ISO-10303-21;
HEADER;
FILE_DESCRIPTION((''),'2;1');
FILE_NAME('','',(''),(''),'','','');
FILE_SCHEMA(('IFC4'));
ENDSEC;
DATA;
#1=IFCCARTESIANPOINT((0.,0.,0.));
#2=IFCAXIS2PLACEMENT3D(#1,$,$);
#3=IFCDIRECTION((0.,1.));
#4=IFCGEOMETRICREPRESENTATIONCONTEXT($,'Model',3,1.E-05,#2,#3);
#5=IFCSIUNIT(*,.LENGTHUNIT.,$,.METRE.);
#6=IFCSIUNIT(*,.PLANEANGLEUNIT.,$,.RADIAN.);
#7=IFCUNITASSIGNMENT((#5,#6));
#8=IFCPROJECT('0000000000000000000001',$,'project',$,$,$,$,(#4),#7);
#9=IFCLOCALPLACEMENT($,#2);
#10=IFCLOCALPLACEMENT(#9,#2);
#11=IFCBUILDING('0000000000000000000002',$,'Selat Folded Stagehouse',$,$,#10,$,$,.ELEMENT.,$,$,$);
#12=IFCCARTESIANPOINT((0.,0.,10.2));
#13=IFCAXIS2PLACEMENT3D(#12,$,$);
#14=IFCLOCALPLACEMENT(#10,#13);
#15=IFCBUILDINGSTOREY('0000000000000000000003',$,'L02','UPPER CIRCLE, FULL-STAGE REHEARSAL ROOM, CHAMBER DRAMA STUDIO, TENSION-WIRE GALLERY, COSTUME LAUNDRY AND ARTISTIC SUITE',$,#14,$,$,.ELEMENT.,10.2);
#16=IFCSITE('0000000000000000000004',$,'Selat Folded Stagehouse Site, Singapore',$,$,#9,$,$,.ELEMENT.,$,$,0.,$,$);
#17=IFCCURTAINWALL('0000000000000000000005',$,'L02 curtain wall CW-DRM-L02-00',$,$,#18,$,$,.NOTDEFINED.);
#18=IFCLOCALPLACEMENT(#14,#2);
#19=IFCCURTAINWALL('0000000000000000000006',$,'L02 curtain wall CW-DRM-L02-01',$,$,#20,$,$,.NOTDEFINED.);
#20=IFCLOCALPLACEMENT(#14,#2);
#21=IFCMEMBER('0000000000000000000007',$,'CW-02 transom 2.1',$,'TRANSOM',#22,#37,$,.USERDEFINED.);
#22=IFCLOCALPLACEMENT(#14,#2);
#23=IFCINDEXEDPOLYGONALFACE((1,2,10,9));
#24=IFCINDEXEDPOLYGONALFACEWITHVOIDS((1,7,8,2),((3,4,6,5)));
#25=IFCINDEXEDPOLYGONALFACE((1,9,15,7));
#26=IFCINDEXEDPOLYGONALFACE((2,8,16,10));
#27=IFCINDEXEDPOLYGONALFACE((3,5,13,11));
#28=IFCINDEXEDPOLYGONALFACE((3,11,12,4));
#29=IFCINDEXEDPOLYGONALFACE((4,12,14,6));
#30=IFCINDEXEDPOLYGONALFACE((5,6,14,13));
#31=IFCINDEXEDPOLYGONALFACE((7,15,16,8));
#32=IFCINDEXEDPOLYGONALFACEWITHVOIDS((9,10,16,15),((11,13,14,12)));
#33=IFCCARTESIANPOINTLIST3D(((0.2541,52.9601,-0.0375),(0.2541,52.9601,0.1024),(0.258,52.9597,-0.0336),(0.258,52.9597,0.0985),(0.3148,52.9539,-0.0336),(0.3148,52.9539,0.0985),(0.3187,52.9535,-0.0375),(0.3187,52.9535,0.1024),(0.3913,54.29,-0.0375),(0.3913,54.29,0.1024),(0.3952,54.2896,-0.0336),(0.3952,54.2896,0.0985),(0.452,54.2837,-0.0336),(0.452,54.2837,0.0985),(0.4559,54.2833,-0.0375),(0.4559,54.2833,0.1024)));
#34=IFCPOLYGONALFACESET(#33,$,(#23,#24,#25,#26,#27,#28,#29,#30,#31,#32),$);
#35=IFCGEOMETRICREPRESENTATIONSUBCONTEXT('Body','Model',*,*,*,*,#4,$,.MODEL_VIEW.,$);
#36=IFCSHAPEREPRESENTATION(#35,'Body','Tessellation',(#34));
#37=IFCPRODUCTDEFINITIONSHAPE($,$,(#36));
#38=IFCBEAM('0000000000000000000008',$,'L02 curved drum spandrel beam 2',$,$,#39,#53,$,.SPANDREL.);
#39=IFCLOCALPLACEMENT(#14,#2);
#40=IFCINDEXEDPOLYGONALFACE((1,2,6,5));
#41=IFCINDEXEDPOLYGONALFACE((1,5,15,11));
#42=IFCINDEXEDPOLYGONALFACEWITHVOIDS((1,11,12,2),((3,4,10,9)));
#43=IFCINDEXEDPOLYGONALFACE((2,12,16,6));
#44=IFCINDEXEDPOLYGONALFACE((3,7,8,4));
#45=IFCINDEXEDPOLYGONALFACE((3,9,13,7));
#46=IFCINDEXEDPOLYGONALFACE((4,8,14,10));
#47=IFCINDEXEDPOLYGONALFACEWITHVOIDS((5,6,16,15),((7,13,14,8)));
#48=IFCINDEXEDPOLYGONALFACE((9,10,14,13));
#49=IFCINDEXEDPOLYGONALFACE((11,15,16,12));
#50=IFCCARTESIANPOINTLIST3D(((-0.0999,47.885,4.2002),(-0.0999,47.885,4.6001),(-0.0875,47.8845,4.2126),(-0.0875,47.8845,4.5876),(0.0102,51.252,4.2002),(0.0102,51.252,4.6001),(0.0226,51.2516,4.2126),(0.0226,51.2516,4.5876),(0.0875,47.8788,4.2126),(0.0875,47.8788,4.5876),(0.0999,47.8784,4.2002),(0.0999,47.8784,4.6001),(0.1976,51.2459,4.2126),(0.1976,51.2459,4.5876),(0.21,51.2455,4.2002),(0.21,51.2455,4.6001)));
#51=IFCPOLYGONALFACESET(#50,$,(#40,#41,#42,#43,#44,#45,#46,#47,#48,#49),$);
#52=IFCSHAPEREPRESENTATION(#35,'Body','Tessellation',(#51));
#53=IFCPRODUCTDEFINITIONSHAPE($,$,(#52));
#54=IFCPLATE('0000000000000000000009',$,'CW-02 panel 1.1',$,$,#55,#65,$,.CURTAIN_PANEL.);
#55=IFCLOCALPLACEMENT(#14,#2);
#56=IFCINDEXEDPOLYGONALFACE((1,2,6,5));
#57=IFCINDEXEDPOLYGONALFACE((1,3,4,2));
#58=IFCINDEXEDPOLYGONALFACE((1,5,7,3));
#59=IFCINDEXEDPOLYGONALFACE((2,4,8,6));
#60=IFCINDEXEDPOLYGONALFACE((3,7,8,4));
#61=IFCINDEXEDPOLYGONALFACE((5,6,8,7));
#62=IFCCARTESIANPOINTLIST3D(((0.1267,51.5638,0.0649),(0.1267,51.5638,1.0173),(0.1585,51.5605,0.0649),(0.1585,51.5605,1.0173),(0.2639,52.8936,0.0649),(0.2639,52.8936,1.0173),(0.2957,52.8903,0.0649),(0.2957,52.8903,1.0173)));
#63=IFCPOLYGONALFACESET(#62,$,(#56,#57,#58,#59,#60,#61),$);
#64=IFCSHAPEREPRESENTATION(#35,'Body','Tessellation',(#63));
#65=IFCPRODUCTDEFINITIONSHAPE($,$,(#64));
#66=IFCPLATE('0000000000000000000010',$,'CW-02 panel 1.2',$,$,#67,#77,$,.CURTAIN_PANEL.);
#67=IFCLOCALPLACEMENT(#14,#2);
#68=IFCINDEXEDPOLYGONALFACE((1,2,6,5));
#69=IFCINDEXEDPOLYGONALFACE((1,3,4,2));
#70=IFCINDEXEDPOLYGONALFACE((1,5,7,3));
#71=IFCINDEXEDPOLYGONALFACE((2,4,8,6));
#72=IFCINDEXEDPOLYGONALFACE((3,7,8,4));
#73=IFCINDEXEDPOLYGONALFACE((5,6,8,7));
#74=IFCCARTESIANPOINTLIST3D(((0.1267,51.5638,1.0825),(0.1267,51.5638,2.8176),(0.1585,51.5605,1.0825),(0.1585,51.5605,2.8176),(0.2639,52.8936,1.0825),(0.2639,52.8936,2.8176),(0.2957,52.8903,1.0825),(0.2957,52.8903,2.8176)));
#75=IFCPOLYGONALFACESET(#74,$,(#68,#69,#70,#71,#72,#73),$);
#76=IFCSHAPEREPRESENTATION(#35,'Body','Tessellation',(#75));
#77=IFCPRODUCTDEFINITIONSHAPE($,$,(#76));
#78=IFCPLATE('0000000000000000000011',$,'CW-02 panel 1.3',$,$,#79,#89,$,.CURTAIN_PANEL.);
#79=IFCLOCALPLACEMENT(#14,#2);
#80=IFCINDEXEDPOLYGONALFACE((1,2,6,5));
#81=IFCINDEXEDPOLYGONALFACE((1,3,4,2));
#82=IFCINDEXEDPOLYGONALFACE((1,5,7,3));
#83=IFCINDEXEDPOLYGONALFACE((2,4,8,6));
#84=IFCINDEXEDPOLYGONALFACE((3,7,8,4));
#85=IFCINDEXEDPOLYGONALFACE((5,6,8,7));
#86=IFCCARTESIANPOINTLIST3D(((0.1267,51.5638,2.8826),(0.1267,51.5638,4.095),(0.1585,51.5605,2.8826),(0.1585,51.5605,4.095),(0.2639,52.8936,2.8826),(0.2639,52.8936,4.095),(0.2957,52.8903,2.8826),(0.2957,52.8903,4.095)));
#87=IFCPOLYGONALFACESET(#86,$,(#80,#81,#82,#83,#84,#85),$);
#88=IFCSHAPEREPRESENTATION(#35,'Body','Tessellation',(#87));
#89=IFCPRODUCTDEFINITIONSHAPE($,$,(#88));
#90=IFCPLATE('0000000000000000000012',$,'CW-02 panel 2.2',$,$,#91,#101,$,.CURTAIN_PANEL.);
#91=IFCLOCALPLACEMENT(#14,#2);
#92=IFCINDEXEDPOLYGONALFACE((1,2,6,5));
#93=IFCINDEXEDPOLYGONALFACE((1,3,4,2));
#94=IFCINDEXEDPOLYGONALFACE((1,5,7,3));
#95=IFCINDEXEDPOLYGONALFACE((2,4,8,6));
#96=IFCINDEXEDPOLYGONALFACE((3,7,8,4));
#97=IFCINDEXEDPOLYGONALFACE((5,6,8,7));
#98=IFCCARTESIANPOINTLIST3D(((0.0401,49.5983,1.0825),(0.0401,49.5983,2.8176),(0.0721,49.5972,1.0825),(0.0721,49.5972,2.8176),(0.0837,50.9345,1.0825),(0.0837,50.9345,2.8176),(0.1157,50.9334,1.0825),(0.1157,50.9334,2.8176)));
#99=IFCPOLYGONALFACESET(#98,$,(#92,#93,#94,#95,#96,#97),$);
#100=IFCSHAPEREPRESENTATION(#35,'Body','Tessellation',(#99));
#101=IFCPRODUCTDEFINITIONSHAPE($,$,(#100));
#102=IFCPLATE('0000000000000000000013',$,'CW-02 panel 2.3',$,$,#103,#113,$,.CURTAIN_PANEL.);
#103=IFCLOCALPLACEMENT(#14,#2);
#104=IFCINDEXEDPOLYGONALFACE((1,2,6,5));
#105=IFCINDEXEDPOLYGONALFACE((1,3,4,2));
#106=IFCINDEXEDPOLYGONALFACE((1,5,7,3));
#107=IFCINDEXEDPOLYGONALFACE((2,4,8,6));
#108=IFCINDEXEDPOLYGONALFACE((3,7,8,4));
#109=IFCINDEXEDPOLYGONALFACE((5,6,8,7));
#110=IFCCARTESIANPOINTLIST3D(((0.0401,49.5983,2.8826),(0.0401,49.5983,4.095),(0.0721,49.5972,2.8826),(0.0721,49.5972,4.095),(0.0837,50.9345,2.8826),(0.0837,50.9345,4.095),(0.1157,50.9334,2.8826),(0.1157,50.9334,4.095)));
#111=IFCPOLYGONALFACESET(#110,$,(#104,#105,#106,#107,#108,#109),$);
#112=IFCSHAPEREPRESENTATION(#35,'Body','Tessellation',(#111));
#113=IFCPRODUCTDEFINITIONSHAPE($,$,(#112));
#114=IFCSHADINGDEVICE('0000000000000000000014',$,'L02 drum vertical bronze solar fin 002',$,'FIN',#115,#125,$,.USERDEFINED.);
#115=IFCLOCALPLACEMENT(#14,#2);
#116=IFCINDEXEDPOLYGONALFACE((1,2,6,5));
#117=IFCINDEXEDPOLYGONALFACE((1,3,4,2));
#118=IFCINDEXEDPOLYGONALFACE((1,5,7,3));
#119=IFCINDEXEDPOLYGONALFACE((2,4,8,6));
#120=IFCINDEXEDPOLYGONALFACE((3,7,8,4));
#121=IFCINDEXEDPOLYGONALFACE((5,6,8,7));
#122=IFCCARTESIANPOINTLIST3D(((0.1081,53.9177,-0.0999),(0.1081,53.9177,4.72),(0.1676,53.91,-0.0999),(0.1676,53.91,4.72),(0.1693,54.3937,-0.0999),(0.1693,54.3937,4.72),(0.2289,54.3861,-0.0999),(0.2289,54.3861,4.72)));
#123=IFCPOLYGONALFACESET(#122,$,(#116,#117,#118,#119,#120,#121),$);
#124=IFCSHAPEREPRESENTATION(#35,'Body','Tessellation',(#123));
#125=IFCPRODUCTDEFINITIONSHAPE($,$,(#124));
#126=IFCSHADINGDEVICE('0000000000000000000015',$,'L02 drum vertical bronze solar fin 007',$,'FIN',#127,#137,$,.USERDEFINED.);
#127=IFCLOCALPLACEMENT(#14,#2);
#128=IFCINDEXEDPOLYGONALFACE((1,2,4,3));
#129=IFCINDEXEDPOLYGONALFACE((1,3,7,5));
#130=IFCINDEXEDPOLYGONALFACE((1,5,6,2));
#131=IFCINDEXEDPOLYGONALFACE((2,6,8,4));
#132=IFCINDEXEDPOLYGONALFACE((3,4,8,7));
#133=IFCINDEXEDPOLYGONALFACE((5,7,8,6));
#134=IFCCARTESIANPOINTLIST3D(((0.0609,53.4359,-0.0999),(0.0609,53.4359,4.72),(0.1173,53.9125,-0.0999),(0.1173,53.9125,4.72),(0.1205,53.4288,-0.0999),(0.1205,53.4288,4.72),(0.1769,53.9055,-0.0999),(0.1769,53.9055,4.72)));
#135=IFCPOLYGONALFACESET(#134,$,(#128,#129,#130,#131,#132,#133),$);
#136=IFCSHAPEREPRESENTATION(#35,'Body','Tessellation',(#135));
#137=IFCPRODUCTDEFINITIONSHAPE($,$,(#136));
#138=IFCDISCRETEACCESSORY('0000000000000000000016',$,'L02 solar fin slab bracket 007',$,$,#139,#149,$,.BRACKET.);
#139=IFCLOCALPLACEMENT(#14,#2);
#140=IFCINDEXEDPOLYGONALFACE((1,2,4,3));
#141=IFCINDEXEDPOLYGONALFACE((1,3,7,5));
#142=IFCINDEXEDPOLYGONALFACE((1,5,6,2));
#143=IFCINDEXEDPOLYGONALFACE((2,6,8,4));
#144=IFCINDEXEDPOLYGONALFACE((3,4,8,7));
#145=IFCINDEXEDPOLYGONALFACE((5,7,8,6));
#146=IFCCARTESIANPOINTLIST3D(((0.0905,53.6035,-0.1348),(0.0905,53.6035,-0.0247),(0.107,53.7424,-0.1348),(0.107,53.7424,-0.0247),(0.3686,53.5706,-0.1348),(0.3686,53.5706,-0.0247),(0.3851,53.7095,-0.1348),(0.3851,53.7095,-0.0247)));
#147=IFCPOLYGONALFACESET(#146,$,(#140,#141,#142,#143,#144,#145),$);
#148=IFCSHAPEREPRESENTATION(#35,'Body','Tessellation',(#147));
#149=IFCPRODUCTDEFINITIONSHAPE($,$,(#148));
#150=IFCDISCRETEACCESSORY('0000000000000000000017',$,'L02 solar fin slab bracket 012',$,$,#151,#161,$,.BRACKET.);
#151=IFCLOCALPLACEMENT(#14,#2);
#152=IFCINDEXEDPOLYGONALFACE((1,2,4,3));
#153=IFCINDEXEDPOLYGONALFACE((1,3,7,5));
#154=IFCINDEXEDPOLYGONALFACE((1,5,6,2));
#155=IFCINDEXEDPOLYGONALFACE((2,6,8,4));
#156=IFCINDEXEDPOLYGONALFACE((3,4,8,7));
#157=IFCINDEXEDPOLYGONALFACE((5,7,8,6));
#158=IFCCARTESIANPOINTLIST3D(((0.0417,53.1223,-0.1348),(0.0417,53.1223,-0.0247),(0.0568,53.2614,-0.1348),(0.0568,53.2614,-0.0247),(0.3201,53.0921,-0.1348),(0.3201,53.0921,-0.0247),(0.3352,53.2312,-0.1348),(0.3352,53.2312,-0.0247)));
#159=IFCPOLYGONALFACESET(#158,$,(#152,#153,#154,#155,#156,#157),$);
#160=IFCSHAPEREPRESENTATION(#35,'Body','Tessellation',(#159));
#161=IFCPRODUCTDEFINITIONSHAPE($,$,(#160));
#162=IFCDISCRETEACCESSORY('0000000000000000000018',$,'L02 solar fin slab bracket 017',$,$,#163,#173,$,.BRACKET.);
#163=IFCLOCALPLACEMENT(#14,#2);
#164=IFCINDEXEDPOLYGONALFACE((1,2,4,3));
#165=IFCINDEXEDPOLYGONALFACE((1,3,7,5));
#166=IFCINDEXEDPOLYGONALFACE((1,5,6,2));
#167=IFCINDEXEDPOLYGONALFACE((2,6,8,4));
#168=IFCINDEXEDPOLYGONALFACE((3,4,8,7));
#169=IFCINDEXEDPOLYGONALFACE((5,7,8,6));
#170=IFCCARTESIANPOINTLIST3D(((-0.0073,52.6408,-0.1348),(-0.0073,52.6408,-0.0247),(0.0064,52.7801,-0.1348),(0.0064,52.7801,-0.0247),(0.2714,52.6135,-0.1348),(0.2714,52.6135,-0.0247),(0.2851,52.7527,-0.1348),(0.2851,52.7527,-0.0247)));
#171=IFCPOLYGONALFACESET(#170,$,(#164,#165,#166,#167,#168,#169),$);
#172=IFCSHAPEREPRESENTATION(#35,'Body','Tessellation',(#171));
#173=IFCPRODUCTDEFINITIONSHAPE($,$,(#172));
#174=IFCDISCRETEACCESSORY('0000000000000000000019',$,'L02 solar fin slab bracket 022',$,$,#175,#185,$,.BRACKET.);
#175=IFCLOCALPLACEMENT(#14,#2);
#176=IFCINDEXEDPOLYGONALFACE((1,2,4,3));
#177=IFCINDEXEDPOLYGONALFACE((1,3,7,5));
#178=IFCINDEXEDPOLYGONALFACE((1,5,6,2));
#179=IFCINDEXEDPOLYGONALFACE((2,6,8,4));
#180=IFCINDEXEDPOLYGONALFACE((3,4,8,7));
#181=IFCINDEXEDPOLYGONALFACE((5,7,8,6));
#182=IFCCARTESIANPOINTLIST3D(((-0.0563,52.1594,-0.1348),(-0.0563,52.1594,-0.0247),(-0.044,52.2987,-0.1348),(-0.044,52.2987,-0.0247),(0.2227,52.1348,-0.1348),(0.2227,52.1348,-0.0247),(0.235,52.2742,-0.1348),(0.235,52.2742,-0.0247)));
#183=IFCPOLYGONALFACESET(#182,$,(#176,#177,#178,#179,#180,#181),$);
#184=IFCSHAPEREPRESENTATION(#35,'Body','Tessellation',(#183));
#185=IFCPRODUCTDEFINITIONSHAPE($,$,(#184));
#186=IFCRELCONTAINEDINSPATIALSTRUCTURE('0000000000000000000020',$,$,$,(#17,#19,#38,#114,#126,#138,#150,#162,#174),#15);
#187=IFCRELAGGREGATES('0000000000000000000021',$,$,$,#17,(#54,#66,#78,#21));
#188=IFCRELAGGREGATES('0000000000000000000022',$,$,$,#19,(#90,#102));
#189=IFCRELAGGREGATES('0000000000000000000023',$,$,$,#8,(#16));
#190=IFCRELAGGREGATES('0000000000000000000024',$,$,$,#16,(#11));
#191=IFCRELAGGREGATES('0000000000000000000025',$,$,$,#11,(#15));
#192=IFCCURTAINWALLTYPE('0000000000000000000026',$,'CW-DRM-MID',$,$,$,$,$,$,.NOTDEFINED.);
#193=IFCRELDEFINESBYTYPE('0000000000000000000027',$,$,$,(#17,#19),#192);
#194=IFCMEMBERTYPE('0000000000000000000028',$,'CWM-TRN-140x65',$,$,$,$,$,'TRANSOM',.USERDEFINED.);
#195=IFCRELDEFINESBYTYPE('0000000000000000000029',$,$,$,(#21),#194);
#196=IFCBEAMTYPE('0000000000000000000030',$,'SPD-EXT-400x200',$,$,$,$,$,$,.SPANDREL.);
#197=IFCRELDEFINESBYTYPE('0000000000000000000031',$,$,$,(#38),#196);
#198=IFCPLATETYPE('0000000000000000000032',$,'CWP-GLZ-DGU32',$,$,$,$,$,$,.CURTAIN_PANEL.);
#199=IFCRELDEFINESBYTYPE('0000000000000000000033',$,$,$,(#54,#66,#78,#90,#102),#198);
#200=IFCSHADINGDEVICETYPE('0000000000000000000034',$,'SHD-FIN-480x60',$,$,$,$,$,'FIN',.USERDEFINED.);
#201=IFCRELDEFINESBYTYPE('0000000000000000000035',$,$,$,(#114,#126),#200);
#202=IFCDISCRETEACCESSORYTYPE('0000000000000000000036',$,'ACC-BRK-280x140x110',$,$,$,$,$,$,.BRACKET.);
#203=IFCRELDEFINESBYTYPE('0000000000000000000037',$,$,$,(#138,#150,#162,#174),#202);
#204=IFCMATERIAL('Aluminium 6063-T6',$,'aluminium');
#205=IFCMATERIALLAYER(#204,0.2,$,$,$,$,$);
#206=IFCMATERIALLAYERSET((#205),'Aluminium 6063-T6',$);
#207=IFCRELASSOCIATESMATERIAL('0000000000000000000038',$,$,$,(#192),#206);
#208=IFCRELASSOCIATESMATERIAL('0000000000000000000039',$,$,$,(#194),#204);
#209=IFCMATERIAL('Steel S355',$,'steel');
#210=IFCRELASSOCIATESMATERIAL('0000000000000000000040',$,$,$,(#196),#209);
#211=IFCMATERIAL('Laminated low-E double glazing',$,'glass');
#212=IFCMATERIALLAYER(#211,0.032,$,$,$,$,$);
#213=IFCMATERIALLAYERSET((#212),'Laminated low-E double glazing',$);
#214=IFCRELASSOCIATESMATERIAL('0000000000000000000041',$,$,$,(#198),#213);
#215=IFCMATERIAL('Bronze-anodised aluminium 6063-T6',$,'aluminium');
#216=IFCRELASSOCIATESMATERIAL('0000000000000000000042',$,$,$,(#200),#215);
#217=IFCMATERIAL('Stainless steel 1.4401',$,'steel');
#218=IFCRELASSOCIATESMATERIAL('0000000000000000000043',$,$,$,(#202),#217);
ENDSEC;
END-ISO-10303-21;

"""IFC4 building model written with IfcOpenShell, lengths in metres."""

from ifc_helpers import new_model, si_unit, direction, frame, origin, origin_2d, place, context, subcontext, project, spatial, rectangle, hollow_rectangle, extrude, material, layer, layer_set, material_profile, profile_set, type_object, element, aggregate, save


model = new_model("IFC4")

# Units and contexts
model_context = context("Model", 3, precision=1e-05, world=origin(), true_north=direction((0.0, 1.0)))
body_context = subcontext(model_context, "Body", "Model", "MODEL_VIEW")
ifc_project = project(units=[si_unit("LENGTHUNIT", "METRE"), si_unit("PLANEANGLEUNIT", "RADIAN")], contexts=[model_context])

# Site, building, storey
site_placement = place(None, origin())
site = spatial("IfcSite", under=ifc_project, at=site_placement, Name="Selat Folded Stagehouse Site, Singapore", CompositionType="ELEMENT", RefElevation=0.0)
building_placement = place(site_placement, origin())
building = spatial("IfcBuilding", under=site, at=building_placement, Name="Selat Folded Stagehouse", CompositionType="ELEMENT")
storey_placement = place(building_placement, frame((0.0, 0.0, 10.2)))
storey = spatial("IfcBuildingStorey", under=building, at=storey_placement, Name="L02", Description="UPPER CIRCLE, FULL-STAGE REHEARSAL ROOM, CHAMBER DRAMA STUDIO, TENSION-WIRE GALLERY, COSTUME LAUNDRY AND ARTISTIC SUITE", CompositionType="ELEMENT", Elevation=10.2)

# Shared definitions
ifc_material_1 = material(Name="Steel S355", Category="steel")

# Curtain wall
ifc_material_2 = material(Name="Aluminium 6063-T6", Category="aluminium")
ifc_layer_1 = layer(ifc_material_2, 0.2)
ifc_layer_set_1 = layer_set([ifc_layer_1], Name="Aluminium 6063-T6")
curtain_wall_type = type_object("IfcCurtainWallType", Name="CW-DRM-MID", PredefinedType="NOTDEFINED", material=ifc_layer_set_1)
curtain_wall_1_placement = place(storey_placement, origin())
curtain_wall_1 = element("IfcCurtainWall", 1, at=curtain_wall_1_placement, inside=storey, type_object=curtain_wall_type, Name="L02 curtain wall CW-DRM-L02-00", PredefinedType="NOTDEFINED")

# Curtain wall
curtain_wall_2_placement = place(storey_placement, origin())
curtain_wall_2 = element("IfcCurtainWall", 2, at=curtain_wall_2_placement, inside=storey, type_object=curtain_wall_type, Name="L02 curtain wall CW-DRM-L02-01", PredefinedType="NOTDEFINED")

# Member
ifc_material_profile_1 = material_profile(ifc_material_2, hollow_rectangle(XDim=0.0649, YDim=0.1399, WallThickness=0.0039, at=origin_2d()), Name="ALU 140x65x4.0")
ifc_profile_set_1 = profile_set([ifc_material_profile_1], Name="Aluminium 6063-T6")
member_type_1 = type_object("IfcMemberType", Name="CWM-TRN-140x65", ElementType="TRANSOM", PredefinedType="USERDEFINED", material=ifc_profile_set_1)
member_1_placement = place(storey_placement, frame((0.2864, 52.9568, 0.0325), z_axis=(0.102631, 0.994719, 0.0), x_axis=(-0.994719, 0.102631, 0.0)))
member_1 = element("IfcMember", 3, at=member_1_placement, type_object=member_type_1, Name="CW-02 transom 2.1", ObjectType="TRANSOM", PredefinedType="USERDEFINED", context=body_context, shape_type="SweptSolid", body=[
    extrude(hollow_rectangle(XDim=0.0649, YDim=0.1399, WallThickness=0.0039, at=origin_2d()), origin(), (0.0, 0.0, 1.0), 1.3369),
])

# Beam
ifc_material_profile_2 = material_profile(ifc_material_1, hollow_rectangle(XDim=0.2, YDim=0.3999, WallThickness=0.0125, at=origin_2d()), Name="RHS 400x200x12.5")
ifc_profile_set_2 = profile_set([ifc_material_profile_2], Name="Steel S355")
beam_type = type_object("IfcBeamType", Name="SPD-EXT-400x200", PredefinedType="SPANDREL", material=ifc_profile_set_2)
beam_placement = place(storey_placement, frame((0.1101, 51.2488, 4.4001), z_axis=(-0.032683, -0.999466, 0.0), x_axis=(0.999466, -0.032683, 0.0)))
element("IfcBeam", 4, at=beam_placement, inside=storey, type_object=beam_type, Name="L02 curved drum spandrel beam 2", PredefinedType="SPANDREL", context=body_context, shape_type="SweptSolid", body=[
    extrude(hollow_rectangle(XDim=0.2, YDim=0.3999, WallThickness=0.0125, at=origin_2d()), origin(), (0.0, 0.0, 1.0), 3.3689),
])

# Plates
ifc_material_3 = material(Name="Laminated low-E double glazing", Category="glass")
ifc_layer_2 = layer(ifc_material_3, 0.032)
ifc_layer_set_2 = layer_set([ifc_layer_2], Name="Laminated low-E double glazing")
plate_type = type_object("IfcPlateType", Name="CWP-GLZ-DGU32", PredefinedType="CURTAIN_PANEL", material=ifc_layer_set_2)
plate_1_placement = place(storey_placement, frame((0.2112, 52.2271, 0.0649), z_axis=(0.0, 0.0, 1.0), x_axis=(0.102616, 0.994721, 0.0)))
plate_1 = element("IfcPlate", 5, at=plate_1_placement, type_object=plate_type, Name="CW-02 panel 1.1", PredefinedType="CURTAIN_PANEL", context=body_context, shape_type="SweptSolid", body=[
    extrude(rectangle(XDim=1.3369, YDim=0.032, at=origin_2d()), origin(), (0.0, 0.0, 1.0), 0.9524),
])
plate_2_placement = place(storey_placement, frame((0.2112, 52.2271, 1.0825), z_axis=(0.0, 0.0, 1.0), x_axis=(0.102616, 0.994721, 0.0)))
plate_2 = element("IfcPlate", 6, at=plate_2_placement, type_object=plate_type, Name="CW-02 panel 1.2", PredefinedType="CURTAIN_PANEL", context=body_context, shape_type="SweptSolid", body=[
    extrude(rectangle(XDim=1.3369, YDim=0.032, at=origin_2d()), origin(), (0.0, 0.0, 1.0), 1.7351),
])
plate_3_placement = place(storey_placement, frame((0.2112, 52.2271, 2.8826), z_axis=(0.0, 0.0, 1.0), x_axis=(0.102616, 0.994721, 0.0)))
plate_3 = element("IfcPlate", 7, at=plate_3_placement, type_object=plate_type, Name="CW-02 panel 1.3", PredefinedType="CURTAIN_PANEL", context=body_context, shape_type="SweptSolid", body=[
    extrude(rectangle(XDim=1.3369, YDim=0.032, at=origin_2d()), origin(), (0.0, 0.0, 1.0), 1.2124),
])
aggregate(curtain_wall_1, [plate_1, plate_2, plate_3, member_1])
plate_4_placement = place(storey_placement, frame((0.0779, 50.2659, 1.0825), z_axis=(0.0, 0.0, 1.0), x_axis=(0.032625, 0.999468, 0.0)))
plate_4 = element("IfcPlate", 8, at=plate_4_placement, type_object=plate_type, Name="CW-02 panel 2.2", PredefinedType="CURTAIN_PANEL", context=body_context, shape_type="SweptSolid", body=[
    extrude(rectangle(XDim=1.3369, YDim=0.032, at=origin_2d()), origin(), (0.0, 0.0, 1.0), 1.7351),
])
plate_5_placement = place(storey_placement, frame((0.0779, 50.2659, 2.8826), z_axis=(0.0, 0.0, 1.0), x_axis=(0.032625, 0.999468, 0.0)))
plate_5 = element("IfcPlate", 9, at=plate_5_placement, type_object=plate_type, Name="CW-02 panel 2.3", PredefinedType="CURTAIN_PANEL", context=body_context, shape_type="SweptSolid", body=[
    extrude(rectangle(XDim=1.3369, YDim=0.032, at=origin_2d()), origin(), (0.0, 0.0, 1.0), 1.2124),
])
aggregate(curtain_wall_2, [plate_4, plate_5])

# Shading devices
ifc_material_4 = material(Name="Bronze-anodised aluminium 6063-T6", Category="aluminium")
ifc_material_profile_3 = material_profile(ifc_material_4, rectangle(XDim=0.0601, YDim=0.48, at=origin_2d()), Name="SOLAR-FIN 480x60")
ifc_profile_set_3 = profile_set([ifc_material_profile_3], Name="Bronze-anodised aluminium 6063-T6")
shading_device_type = type_object("IfcShadingDeviceType", Name="SHD-FIN-480x60", ElementType="FIN", PredefinedType="USERDEFINED", material=ifc_profile_set_3)
for number, where, z_axis, x_axis, name in (
    (10, (0.1685, 54.1519, -0.0999), (0.0, 0.0, 1.0), (-0.991828, 0.127584, 0.0), "L02 drum vertical bronze solar fin 002"),
    (11, (0.1189, 53.6707, -0.0999), (0.0, 0.0, 1.0), (-0.993068, 0.117537, 0.0), "L02 drum vertical bronze solar fin 007"),
):
    element("IfcShadingDevice", number, at=place(storey_placement, frame(where, z_axis=z_axis, x_axis=x_axis)), inside=storey, type_object=shading_device_type, Name=name, ObjectType="FIN", PredefinedType="USERDEFINED", context=body_context, shape_type="SweptSolid", body=[
        extrude(rectangle(XDim=0.0601, YDim=0.48, at=origin_2d()), origin(), (0.0, 0.0, 1.0), 4.8198),
    ])

# Discrete accessories
ifc_material_5 = material(Name="Stainless steel 1.4401", Category="steel")
discrete_accessory_type = type_object("IfcDiscreteAccessoryType", Name="ACC-BRK-280x140x110", PredefinedType="BRACKET", material=ifc_material_5)
for number, where, z_axis, x_axis, name in (
    (12, (0.2378, 53.6565, -0.1348), (0.0, 0.0, 1.0), (-0.993068, 0.117537, 0.0), "L02 solar fin slab bracket 007"),
    (13, (0.1885, 53.1768, -0.1348), (0.0, 0.0, 1.0), (-0.994189, 0.107652, 0.0), "L02 solar fin slab bracket 012"),
    (14, (0.1389, 52.6968, -0.1348), (0.0, 0.0, 1.0), (-0.995227, 0.097583, 0.0), "L02 solar fin slab bracket 017"),
    (15, (0.0894, 52.2168, -0.1348), (0.0, 0.0, 1.0), (-0.996149, 0.087677, 0.0), "L02 solar fin slab bracket 022"),
):
    element("IfcDiscreteAccessory", number, at=place(storey_placement, frame(where, z_axis=z_axis, x_axis=x_axis)), inside=storey, type_object=discrete_accessory_type, Name=name, PredefinedType="BRACKET", context=body_context, shape_type="SweptSolid", body=[
        extrude(rectangle(XDim=0.28, YDim=0.1399, at=origin_2d()), origin(), (0.0, 0.0, 1.0), 0.1101),
    ])

save(model, "model.ifc")
